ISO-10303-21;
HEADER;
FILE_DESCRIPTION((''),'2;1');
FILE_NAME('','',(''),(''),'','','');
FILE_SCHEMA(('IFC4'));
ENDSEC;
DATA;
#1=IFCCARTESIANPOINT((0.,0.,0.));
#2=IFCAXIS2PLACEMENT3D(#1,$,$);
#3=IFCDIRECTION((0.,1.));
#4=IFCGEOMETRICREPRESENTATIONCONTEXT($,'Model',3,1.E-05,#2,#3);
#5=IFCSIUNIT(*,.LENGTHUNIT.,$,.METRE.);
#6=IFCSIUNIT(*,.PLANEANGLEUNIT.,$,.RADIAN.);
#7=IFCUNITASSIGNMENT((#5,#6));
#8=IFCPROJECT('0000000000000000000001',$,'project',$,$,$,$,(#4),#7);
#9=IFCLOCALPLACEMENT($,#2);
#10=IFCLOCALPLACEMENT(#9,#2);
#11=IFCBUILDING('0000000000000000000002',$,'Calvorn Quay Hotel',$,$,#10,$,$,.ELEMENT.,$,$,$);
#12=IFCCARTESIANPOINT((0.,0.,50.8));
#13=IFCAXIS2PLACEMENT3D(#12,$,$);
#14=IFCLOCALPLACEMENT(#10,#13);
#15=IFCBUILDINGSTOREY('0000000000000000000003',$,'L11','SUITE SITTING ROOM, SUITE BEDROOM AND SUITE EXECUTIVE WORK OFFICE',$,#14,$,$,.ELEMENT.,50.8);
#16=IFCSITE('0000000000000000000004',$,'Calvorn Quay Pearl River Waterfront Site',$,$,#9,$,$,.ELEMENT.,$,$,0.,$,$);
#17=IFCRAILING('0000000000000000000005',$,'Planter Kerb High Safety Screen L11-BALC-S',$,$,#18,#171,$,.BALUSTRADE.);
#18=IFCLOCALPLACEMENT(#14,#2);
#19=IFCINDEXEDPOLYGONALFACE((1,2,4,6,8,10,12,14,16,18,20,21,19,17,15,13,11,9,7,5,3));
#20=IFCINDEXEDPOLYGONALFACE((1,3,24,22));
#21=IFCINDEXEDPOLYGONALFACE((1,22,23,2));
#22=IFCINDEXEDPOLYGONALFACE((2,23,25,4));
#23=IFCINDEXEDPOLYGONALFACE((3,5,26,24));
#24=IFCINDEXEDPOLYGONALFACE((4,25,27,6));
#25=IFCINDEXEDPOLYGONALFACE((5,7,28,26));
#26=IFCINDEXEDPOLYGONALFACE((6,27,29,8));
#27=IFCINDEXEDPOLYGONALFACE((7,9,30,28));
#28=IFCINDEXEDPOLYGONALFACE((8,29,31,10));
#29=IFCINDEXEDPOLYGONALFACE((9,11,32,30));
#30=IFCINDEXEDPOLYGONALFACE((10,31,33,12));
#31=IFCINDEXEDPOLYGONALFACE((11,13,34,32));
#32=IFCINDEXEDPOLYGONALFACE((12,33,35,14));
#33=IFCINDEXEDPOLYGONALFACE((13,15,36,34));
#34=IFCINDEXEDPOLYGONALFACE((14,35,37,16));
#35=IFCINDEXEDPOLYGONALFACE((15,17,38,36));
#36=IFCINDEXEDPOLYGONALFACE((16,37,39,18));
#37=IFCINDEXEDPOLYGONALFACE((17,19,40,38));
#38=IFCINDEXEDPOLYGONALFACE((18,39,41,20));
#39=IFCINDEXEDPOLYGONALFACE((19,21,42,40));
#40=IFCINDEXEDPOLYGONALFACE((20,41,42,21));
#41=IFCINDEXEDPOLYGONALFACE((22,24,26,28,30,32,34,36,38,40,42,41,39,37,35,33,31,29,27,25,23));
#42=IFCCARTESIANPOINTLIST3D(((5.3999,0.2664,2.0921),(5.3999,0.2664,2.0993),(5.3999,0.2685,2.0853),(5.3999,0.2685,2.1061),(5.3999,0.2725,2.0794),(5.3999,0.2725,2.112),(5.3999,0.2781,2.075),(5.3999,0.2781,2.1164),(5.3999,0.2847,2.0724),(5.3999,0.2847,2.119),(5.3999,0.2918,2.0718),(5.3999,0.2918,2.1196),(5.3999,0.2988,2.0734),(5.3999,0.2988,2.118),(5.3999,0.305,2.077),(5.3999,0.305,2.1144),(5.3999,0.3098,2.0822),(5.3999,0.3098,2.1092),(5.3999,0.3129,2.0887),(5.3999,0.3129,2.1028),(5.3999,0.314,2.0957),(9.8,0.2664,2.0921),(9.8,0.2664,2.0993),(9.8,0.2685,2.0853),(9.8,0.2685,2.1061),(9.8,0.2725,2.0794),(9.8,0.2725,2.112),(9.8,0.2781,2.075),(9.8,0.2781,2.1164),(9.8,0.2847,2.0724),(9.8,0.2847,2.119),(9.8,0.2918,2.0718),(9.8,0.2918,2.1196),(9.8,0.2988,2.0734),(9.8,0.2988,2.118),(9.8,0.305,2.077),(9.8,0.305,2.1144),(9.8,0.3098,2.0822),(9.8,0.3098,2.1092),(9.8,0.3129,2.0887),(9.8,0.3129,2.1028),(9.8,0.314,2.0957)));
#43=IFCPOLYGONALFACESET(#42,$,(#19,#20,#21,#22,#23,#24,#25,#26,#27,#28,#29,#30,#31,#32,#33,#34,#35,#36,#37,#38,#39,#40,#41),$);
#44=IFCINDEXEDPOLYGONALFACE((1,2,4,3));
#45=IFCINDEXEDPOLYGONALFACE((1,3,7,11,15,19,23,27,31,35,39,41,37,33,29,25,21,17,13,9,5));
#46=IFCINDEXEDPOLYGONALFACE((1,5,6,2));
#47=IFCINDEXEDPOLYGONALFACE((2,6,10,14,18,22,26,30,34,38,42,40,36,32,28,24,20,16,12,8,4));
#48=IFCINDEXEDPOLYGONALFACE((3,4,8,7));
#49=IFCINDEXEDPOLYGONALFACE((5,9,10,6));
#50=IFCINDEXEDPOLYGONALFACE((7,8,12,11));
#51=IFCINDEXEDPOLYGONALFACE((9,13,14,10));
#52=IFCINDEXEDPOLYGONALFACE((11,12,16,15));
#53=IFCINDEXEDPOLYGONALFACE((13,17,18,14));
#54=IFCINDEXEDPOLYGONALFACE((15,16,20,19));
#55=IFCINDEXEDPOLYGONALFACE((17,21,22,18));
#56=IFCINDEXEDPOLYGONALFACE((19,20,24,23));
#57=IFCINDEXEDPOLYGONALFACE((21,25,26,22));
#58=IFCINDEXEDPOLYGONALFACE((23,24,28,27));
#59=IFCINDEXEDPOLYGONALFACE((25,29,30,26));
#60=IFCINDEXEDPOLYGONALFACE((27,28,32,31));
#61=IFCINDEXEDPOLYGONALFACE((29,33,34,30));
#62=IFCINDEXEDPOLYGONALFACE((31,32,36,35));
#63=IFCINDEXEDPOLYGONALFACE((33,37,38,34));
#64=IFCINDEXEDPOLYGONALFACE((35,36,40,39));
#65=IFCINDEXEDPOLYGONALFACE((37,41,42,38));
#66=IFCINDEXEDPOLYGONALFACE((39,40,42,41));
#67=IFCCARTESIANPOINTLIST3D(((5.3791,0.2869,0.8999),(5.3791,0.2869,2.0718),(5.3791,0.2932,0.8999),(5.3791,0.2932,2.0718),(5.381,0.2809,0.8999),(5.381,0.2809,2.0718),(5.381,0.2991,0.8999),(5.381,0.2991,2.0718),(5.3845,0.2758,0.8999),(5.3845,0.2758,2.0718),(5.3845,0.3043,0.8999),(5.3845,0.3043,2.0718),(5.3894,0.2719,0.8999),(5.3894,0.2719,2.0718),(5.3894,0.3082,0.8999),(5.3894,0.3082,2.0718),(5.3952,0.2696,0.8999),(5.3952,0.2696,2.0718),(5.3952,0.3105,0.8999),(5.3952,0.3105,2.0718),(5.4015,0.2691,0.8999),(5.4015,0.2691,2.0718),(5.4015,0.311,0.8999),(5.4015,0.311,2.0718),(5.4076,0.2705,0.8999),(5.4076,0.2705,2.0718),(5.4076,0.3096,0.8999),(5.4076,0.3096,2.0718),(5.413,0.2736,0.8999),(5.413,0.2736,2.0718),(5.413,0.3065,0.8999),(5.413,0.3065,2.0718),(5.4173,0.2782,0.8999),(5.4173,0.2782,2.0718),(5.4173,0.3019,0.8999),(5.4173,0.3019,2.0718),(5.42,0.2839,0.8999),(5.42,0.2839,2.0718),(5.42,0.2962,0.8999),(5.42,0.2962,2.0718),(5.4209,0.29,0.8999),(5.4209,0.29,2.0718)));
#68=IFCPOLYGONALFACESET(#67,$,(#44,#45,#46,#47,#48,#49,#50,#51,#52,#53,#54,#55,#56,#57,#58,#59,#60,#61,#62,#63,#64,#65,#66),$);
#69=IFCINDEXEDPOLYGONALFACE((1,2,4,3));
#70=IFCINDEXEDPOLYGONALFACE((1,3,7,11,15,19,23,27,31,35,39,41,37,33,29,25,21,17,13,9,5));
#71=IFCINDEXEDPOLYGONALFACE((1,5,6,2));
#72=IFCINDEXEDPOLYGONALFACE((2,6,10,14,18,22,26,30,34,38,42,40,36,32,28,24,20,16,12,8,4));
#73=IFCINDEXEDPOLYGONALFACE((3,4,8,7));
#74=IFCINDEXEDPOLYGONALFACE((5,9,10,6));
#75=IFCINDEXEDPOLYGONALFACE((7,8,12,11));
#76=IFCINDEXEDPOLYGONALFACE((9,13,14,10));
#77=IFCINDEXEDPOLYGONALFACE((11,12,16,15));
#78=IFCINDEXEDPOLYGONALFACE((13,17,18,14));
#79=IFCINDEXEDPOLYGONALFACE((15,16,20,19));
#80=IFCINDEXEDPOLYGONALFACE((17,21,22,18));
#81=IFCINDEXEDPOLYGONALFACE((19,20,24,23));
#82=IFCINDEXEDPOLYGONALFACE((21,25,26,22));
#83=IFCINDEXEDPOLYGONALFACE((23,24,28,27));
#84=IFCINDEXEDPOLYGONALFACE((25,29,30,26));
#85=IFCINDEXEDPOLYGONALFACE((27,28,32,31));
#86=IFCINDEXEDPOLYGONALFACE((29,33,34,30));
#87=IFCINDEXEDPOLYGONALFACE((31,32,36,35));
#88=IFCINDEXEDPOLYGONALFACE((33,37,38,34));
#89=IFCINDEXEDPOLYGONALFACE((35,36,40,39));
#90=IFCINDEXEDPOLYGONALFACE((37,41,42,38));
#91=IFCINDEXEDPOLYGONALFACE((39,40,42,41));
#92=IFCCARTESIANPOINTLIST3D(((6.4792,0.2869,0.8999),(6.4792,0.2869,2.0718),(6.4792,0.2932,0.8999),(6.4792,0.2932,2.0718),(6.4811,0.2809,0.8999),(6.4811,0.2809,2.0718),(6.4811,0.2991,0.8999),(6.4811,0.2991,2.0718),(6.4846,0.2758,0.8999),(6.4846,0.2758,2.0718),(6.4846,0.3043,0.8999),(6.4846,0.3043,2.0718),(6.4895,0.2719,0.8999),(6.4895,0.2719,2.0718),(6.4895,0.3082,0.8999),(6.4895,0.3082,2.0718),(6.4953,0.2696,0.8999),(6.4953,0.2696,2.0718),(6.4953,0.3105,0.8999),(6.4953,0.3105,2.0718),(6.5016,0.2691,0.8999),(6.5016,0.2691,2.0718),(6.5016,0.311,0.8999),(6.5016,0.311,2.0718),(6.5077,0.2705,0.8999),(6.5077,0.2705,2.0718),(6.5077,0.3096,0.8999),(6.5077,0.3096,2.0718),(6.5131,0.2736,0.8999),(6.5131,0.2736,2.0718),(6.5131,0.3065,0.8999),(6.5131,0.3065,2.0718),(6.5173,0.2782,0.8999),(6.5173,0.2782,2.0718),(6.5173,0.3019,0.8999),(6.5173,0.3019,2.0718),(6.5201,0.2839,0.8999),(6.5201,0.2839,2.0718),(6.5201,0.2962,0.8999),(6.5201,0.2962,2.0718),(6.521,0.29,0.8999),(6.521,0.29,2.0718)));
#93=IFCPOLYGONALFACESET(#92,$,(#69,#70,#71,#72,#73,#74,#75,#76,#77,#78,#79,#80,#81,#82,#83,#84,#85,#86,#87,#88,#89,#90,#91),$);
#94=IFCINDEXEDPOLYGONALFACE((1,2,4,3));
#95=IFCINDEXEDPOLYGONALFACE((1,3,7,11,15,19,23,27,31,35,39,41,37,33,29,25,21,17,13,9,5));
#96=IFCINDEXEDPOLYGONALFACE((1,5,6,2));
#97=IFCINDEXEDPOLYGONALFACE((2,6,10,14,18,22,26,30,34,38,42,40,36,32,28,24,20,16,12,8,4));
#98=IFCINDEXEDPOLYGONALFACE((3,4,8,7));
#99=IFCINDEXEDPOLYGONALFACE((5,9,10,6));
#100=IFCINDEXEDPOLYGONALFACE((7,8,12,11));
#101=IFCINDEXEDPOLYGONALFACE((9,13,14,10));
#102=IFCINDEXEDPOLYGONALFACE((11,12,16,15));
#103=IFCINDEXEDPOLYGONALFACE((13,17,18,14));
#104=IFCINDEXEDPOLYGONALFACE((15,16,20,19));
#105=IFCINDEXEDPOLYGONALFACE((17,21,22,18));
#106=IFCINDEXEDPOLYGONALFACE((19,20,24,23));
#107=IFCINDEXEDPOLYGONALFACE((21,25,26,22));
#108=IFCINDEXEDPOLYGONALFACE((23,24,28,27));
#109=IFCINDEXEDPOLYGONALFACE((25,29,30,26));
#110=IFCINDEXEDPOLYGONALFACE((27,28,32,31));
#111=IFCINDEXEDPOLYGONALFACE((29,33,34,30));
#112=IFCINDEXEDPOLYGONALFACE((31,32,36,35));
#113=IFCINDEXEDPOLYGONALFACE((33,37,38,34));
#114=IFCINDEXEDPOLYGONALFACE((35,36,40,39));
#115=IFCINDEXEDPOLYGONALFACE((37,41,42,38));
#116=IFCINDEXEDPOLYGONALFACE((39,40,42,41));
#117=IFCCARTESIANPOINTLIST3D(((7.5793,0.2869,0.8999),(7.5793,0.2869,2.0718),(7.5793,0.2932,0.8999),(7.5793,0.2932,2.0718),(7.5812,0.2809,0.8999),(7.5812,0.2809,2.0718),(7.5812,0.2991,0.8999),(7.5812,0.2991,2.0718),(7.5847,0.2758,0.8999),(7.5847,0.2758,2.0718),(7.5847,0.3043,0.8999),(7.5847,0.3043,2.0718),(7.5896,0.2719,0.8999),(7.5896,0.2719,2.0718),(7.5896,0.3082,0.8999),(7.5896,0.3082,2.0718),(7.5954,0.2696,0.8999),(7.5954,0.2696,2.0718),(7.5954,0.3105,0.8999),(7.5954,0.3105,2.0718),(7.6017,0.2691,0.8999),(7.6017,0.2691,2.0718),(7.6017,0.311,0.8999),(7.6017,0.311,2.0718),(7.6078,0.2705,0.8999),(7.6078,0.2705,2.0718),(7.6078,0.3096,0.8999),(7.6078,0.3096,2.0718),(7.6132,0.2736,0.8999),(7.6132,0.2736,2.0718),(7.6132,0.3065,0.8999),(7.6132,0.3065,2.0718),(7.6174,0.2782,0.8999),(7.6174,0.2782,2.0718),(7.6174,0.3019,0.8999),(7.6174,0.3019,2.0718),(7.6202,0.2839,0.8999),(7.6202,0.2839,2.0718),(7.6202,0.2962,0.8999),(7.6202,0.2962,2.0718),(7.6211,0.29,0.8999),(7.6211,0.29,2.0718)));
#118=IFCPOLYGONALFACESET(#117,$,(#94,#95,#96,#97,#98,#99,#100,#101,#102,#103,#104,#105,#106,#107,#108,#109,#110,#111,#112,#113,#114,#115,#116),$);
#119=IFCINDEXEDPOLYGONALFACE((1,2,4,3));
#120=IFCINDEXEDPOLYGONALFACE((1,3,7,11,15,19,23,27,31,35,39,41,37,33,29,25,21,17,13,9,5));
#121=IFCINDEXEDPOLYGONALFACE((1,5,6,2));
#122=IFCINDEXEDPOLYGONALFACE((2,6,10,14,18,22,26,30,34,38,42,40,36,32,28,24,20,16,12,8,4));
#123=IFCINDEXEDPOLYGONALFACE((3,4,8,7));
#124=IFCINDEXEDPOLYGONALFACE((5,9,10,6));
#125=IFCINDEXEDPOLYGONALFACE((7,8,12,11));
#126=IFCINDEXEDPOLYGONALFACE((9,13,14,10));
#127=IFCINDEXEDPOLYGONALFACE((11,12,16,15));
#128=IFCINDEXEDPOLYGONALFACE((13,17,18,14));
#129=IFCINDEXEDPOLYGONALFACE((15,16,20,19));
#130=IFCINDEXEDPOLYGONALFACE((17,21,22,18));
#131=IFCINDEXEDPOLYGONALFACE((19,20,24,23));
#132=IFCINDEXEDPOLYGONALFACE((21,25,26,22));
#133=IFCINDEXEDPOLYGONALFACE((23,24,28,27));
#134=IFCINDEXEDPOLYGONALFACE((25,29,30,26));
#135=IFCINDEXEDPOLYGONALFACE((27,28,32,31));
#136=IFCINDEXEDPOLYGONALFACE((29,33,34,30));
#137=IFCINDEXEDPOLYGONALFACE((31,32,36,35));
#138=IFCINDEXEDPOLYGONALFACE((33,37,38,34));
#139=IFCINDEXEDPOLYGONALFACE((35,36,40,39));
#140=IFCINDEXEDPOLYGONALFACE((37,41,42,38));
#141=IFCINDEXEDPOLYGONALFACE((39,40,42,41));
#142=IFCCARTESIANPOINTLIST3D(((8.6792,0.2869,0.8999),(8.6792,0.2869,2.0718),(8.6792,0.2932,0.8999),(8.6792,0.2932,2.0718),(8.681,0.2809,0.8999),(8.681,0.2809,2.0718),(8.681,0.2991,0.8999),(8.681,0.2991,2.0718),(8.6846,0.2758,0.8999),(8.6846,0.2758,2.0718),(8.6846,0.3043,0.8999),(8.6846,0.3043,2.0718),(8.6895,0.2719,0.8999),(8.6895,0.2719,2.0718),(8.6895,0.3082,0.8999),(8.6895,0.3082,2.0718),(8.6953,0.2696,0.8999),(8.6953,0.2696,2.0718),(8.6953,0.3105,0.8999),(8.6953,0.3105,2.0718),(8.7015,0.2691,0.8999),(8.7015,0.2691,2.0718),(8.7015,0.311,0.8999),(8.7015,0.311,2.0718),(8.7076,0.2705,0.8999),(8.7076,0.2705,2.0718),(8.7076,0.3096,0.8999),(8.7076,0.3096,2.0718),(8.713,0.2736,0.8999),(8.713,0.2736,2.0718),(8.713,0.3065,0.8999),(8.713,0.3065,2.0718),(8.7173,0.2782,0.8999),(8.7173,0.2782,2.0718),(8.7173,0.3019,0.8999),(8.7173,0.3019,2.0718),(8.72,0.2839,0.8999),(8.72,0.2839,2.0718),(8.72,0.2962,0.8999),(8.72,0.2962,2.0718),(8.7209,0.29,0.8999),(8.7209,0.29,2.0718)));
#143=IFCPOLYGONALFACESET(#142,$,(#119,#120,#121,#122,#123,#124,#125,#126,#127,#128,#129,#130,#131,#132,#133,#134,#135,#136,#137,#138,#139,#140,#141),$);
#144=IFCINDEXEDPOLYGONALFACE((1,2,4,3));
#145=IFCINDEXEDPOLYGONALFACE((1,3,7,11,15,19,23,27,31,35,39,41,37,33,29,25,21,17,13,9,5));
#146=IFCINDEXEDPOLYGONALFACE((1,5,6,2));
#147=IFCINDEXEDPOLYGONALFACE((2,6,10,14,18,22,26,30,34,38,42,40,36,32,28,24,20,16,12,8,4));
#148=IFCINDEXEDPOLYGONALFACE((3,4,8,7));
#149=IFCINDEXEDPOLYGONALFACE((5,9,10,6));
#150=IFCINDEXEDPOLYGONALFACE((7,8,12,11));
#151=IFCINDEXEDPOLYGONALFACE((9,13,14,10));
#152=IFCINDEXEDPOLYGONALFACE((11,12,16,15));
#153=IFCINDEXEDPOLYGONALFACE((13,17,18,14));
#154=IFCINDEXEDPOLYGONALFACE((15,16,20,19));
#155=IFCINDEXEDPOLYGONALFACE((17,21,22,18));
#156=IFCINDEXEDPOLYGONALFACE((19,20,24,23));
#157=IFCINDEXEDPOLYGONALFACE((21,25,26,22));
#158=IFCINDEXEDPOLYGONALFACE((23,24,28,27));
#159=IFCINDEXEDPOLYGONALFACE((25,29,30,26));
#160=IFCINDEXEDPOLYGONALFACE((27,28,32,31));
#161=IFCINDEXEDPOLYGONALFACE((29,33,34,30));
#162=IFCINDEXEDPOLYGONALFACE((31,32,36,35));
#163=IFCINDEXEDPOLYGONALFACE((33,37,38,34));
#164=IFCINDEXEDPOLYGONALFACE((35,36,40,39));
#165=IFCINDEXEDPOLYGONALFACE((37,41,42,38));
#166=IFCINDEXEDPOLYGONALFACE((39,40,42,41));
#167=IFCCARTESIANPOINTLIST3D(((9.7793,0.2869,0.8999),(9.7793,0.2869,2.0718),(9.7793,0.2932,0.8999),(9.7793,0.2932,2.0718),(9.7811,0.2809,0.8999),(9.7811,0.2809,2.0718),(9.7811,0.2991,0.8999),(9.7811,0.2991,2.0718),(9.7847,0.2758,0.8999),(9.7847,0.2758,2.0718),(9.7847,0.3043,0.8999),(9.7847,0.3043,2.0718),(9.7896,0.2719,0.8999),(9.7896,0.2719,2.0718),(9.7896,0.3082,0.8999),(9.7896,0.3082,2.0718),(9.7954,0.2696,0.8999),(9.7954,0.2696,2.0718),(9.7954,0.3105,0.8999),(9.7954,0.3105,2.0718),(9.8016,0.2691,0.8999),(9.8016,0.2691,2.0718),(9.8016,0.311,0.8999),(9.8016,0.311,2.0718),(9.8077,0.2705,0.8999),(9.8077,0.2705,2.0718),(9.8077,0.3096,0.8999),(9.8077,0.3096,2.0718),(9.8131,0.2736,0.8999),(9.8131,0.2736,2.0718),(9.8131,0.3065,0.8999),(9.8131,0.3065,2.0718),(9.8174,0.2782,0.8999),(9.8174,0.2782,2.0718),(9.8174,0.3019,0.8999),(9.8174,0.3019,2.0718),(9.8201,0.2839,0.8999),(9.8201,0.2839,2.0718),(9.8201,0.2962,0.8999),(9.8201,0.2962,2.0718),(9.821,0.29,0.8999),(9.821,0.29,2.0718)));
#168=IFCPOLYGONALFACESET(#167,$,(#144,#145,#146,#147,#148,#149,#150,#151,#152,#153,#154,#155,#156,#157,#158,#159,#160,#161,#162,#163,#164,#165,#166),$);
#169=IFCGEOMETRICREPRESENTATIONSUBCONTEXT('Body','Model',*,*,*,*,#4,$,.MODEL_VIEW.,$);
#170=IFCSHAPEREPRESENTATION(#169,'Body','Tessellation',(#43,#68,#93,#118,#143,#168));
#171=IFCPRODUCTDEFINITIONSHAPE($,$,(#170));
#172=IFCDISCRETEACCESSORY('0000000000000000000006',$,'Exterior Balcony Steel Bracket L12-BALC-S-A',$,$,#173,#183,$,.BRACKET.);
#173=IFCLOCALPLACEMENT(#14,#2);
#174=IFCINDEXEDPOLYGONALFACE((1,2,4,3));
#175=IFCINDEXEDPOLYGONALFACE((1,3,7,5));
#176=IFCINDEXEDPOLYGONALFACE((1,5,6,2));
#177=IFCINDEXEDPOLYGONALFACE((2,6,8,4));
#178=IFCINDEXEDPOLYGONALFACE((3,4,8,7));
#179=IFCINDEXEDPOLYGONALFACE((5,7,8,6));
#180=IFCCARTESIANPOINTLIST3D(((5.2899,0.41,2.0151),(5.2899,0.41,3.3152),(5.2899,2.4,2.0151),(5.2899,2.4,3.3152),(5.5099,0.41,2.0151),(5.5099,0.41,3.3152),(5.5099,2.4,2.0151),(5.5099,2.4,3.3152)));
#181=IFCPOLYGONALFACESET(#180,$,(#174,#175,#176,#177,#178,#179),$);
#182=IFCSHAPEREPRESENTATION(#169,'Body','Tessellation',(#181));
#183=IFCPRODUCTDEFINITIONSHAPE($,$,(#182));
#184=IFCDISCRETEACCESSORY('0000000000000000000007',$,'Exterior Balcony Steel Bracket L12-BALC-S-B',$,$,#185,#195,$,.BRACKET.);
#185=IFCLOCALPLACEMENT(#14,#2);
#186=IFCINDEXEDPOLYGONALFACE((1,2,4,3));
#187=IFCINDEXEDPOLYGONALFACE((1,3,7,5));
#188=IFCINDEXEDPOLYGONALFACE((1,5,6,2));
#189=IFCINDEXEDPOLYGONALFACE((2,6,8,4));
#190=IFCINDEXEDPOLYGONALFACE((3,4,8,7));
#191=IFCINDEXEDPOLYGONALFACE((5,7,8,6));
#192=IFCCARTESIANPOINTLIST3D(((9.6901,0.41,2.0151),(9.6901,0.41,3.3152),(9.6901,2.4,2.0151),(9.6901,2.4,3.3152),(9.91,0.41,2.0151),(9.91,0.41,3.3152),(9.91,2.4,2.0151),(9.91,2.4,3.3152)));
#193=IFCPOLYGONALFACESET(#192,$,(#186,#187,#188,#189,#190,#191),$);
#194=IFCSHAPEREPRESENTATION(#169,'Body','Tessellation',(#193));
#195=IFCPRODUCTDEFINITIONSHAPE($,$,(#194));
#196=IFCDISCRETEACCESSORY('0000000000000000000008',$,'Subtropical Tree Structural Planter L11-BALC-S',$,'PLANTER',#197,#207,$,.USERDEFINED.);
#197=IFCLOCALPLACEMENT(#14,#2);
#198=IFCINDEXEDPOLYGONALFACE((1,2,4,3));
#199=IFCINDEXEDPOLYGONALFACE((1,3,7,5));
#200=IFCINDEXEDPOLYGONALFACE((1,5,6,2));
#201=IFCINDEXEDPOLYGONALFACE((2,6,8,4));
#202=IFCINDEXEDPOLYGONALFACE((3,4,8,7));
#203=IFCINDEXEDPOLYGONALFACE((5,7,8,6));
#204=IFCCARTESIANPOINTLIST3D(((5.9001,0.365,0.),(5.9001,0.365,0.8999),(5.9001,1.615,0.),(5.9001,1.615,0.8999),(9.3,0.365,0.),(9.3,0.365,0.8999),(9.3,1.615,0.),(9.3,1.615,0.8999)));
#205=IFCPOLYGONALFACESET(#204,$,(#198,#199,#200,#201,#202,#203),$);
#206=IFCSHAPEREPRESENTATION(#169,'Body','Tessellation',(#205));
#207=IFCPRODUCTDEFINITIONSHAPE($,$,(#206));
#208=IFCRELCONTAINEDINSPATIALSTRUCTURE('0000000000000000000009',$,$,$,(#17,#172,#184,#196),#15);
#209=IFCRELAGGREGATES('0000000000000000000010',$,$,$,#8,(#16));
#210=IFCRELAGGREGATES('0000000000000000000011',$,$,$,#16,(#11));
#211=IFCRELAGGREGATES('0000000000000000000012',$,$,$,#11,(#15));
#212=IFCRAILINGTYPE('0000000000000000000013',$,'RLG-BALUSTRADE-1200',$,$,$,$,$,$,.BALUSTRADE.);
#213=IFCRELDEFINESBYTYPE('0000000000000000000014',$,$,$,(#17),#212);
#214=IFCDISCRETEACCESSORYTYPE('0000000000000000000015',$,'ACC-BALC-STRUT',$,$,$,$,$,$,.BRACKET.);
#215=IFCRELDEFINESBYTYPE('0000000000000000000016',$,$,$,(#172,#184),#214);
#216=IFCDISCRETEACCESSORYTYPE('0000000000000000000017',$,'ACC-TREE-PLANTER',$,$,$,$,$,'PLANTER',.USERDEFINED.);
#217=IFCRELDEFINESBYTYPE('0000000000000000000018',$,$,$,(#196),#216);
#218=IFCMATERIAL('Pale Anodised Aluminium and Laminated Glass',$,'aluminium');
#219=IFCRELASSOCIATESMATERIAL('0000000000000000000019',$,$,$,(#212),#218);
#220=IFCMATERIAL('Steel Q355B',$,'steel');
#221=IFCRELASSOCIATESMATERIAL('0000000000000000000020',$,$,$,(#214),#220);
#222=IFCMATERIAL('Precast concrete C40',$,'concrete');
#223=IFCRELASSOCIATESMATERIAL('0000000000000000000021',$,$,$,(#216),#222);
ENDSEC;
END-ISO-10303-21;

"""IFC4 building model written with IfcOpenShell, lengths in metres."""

from ifc_helpers import new_model, si_unit, direction, frame, origin, origin_2d, place, context, subcontext, project, spatial, rectangle, circle, extrude, material, type_object, element, save


model = new_model("IFC4")

# Units and contexts
model_context = context("Model", 3, precision=1e-05, world=origin(), true_north=direction((0.0, 1.0)))
body_context = subcontext(model_context, "Body", "Model", "MODEL_VIEW")
ifc_project = project(units=[si_unit("LENGTHUNIT", "METRE"), si_unit("PLANEANGLEUNIT", "RADIAN")], contexts=[model_context])

# Site, building, storey
site_placement = place(None, origin())
site = spatial("IfcSite", under=ifc_project, at=site_placement, Name="Calvorn Quay Pearl River Waterfront Site", CompositionType="ELEMENT", RefElevation=0.0)
building_placement = place(site_placement, origin())
building = spatial("IfcBuilding", under=site, at=building_placement, Name="Calvorn Quay Hotel", CompositionType="ELEMENT")
storey_placement = place(building_placement, frame((0.0, 0.0, 50.8)))
storey = spatial("IfcBuildingStorey", under=building, at=storey_placement, Name="L11", Description="SUITE SITTING ROOM, SUITE BEDROOM AND SUITE EXECUTIVE WORK OFFICE", CompositionType="ELEMENT", Elevation=50.8)

# Railing
ifc_material_1 = material(Name="Pale Anodised Aluminium and Laminated Glass", Category="aluminium")
railing_type = type_object("IfcRailingType", Name="RLG-BALUSTRADE-1200", PredefinedType="BALUSTRADE", material=ifc_material_1)
railing_1_placement = place(storey_placement, frame((5.3999, 0.29, 0.8999)))
element("IfcRailing", 1, at=railing_1_placement, inside=storey, type_object=railing_type, Name="Planter Kerb High Safety Screen L11-BALC-S", PredefinedType="BALUSTRADE", context=body_context, shape_type="SweptSolid", body=[
    extrude(circle(Radius=0.0239, at=origin_2d()), frame((0.0, 0.0, 1.1958), z_axis=(1.0, 0.0, 0.0), x_axis=(0.0, 1.0, 0.0)), (0.0, 0.0, 1.0), 4.4001),
    extrude(circle(Radius=0.021, at=origin_2d()), origin(), (0.0, 0.0, 1.0), 1.1719),
    extrude(circle(Radius=0.021, at=origin_2d()), frame((1.1001, 0.0, 0.0)), (0.0, 0.0, 1.0), 1.1719),
    extrude(circle(Radius=0.021, at=origin_2d()), frame((2.2002, 0.0, 0.0)), (0.0, 0.0, 1.0), 1.1719),
    extrude(circle(Radius=0.021, at=origin_2d()), frame((3.3, 0.0, 0.0)), (0.0, 0.0, 1.0), 1.1719),
    extrude(circle(Radius=0.021, at=origin_2d()), frame((4.4001, 0.0, 0.0)), (0.0, 0.0, 1.0), 1.1719),
])

# Discrete accessories
ifc_material_2 = material(Name="Steel Q355B", Category="steel")
discrete_accessory_type_1 = type_object("IfcDiscreteAccessoryType", Name="ACC-BALC-STRUT", PredefinedType="BRACKET", material=ifc_material_2)
for number, where, z_axis, x_axis, name in (
    (2, (5.3999, 1.405, 2.0151), (0.0, 0.0, 1.0), (1.0, 0.0, 0.0), "Exterior Balcony Steel Bracket L12-BALC-S-A"),
    (3, (9.8, 1.405, 2.0151), (0.0, 0.0, 1.0), (1.0, 0.0, 0.0), "Exterior Balcony Steel Bracket L12-BALC-S-B"),
):
    element("IfcDiscreteAccessory", number, at=place(storey_placement, frame(where, z_axis=z_axis, x_axis=x_axis)), inside=storey, type_object=discrete_accessory_type_1, Name=name, PredefinedType="BRACKET", context=body_context, shape_type="SweptSolid", body=[
        extrude(rectangle(XDim=0.22, YDim=1.99, at=origin_2d()), origin(), (0.0, 0.0, 1.0), 1.3),
    ])
ifc_material_3 = material(Name="Precast concrete C40", Category="concrete")
discrete_accessory_type_2 = type_object("IfcDiscreteAccessoryType", Name="ACC-TREE-PLANTER", ElementType="PLANTER", PredefinedType="USERDEFINED", material=ifc_material_3)
discrete_accessory_placement = place(storey_placement, frame((7.6001, 0.99, 0.0), z_axis=(0.0, 0.0, 1.0), x_axis=(1.0, 0.0, 0.0)))
element("IfcDiscreteAccessory", 4, at=discrete_accessory_placement, inside=storey, type_object=discrete_accessory_type_2, Name="Subtropical Tree Structural Planter L11-BALC-S", ObjectType="PLANTER", PredefinedType="USERDEFINED", context=body_context, shape_type="SweptSolid", body=[
    extrude(rectangle(XDim=3.3999, YDim=1.25, at=origin_2d()), origin(), (0.0, 0.0, 1.0), 0.8999),
])

save(model, "model.ifc")
